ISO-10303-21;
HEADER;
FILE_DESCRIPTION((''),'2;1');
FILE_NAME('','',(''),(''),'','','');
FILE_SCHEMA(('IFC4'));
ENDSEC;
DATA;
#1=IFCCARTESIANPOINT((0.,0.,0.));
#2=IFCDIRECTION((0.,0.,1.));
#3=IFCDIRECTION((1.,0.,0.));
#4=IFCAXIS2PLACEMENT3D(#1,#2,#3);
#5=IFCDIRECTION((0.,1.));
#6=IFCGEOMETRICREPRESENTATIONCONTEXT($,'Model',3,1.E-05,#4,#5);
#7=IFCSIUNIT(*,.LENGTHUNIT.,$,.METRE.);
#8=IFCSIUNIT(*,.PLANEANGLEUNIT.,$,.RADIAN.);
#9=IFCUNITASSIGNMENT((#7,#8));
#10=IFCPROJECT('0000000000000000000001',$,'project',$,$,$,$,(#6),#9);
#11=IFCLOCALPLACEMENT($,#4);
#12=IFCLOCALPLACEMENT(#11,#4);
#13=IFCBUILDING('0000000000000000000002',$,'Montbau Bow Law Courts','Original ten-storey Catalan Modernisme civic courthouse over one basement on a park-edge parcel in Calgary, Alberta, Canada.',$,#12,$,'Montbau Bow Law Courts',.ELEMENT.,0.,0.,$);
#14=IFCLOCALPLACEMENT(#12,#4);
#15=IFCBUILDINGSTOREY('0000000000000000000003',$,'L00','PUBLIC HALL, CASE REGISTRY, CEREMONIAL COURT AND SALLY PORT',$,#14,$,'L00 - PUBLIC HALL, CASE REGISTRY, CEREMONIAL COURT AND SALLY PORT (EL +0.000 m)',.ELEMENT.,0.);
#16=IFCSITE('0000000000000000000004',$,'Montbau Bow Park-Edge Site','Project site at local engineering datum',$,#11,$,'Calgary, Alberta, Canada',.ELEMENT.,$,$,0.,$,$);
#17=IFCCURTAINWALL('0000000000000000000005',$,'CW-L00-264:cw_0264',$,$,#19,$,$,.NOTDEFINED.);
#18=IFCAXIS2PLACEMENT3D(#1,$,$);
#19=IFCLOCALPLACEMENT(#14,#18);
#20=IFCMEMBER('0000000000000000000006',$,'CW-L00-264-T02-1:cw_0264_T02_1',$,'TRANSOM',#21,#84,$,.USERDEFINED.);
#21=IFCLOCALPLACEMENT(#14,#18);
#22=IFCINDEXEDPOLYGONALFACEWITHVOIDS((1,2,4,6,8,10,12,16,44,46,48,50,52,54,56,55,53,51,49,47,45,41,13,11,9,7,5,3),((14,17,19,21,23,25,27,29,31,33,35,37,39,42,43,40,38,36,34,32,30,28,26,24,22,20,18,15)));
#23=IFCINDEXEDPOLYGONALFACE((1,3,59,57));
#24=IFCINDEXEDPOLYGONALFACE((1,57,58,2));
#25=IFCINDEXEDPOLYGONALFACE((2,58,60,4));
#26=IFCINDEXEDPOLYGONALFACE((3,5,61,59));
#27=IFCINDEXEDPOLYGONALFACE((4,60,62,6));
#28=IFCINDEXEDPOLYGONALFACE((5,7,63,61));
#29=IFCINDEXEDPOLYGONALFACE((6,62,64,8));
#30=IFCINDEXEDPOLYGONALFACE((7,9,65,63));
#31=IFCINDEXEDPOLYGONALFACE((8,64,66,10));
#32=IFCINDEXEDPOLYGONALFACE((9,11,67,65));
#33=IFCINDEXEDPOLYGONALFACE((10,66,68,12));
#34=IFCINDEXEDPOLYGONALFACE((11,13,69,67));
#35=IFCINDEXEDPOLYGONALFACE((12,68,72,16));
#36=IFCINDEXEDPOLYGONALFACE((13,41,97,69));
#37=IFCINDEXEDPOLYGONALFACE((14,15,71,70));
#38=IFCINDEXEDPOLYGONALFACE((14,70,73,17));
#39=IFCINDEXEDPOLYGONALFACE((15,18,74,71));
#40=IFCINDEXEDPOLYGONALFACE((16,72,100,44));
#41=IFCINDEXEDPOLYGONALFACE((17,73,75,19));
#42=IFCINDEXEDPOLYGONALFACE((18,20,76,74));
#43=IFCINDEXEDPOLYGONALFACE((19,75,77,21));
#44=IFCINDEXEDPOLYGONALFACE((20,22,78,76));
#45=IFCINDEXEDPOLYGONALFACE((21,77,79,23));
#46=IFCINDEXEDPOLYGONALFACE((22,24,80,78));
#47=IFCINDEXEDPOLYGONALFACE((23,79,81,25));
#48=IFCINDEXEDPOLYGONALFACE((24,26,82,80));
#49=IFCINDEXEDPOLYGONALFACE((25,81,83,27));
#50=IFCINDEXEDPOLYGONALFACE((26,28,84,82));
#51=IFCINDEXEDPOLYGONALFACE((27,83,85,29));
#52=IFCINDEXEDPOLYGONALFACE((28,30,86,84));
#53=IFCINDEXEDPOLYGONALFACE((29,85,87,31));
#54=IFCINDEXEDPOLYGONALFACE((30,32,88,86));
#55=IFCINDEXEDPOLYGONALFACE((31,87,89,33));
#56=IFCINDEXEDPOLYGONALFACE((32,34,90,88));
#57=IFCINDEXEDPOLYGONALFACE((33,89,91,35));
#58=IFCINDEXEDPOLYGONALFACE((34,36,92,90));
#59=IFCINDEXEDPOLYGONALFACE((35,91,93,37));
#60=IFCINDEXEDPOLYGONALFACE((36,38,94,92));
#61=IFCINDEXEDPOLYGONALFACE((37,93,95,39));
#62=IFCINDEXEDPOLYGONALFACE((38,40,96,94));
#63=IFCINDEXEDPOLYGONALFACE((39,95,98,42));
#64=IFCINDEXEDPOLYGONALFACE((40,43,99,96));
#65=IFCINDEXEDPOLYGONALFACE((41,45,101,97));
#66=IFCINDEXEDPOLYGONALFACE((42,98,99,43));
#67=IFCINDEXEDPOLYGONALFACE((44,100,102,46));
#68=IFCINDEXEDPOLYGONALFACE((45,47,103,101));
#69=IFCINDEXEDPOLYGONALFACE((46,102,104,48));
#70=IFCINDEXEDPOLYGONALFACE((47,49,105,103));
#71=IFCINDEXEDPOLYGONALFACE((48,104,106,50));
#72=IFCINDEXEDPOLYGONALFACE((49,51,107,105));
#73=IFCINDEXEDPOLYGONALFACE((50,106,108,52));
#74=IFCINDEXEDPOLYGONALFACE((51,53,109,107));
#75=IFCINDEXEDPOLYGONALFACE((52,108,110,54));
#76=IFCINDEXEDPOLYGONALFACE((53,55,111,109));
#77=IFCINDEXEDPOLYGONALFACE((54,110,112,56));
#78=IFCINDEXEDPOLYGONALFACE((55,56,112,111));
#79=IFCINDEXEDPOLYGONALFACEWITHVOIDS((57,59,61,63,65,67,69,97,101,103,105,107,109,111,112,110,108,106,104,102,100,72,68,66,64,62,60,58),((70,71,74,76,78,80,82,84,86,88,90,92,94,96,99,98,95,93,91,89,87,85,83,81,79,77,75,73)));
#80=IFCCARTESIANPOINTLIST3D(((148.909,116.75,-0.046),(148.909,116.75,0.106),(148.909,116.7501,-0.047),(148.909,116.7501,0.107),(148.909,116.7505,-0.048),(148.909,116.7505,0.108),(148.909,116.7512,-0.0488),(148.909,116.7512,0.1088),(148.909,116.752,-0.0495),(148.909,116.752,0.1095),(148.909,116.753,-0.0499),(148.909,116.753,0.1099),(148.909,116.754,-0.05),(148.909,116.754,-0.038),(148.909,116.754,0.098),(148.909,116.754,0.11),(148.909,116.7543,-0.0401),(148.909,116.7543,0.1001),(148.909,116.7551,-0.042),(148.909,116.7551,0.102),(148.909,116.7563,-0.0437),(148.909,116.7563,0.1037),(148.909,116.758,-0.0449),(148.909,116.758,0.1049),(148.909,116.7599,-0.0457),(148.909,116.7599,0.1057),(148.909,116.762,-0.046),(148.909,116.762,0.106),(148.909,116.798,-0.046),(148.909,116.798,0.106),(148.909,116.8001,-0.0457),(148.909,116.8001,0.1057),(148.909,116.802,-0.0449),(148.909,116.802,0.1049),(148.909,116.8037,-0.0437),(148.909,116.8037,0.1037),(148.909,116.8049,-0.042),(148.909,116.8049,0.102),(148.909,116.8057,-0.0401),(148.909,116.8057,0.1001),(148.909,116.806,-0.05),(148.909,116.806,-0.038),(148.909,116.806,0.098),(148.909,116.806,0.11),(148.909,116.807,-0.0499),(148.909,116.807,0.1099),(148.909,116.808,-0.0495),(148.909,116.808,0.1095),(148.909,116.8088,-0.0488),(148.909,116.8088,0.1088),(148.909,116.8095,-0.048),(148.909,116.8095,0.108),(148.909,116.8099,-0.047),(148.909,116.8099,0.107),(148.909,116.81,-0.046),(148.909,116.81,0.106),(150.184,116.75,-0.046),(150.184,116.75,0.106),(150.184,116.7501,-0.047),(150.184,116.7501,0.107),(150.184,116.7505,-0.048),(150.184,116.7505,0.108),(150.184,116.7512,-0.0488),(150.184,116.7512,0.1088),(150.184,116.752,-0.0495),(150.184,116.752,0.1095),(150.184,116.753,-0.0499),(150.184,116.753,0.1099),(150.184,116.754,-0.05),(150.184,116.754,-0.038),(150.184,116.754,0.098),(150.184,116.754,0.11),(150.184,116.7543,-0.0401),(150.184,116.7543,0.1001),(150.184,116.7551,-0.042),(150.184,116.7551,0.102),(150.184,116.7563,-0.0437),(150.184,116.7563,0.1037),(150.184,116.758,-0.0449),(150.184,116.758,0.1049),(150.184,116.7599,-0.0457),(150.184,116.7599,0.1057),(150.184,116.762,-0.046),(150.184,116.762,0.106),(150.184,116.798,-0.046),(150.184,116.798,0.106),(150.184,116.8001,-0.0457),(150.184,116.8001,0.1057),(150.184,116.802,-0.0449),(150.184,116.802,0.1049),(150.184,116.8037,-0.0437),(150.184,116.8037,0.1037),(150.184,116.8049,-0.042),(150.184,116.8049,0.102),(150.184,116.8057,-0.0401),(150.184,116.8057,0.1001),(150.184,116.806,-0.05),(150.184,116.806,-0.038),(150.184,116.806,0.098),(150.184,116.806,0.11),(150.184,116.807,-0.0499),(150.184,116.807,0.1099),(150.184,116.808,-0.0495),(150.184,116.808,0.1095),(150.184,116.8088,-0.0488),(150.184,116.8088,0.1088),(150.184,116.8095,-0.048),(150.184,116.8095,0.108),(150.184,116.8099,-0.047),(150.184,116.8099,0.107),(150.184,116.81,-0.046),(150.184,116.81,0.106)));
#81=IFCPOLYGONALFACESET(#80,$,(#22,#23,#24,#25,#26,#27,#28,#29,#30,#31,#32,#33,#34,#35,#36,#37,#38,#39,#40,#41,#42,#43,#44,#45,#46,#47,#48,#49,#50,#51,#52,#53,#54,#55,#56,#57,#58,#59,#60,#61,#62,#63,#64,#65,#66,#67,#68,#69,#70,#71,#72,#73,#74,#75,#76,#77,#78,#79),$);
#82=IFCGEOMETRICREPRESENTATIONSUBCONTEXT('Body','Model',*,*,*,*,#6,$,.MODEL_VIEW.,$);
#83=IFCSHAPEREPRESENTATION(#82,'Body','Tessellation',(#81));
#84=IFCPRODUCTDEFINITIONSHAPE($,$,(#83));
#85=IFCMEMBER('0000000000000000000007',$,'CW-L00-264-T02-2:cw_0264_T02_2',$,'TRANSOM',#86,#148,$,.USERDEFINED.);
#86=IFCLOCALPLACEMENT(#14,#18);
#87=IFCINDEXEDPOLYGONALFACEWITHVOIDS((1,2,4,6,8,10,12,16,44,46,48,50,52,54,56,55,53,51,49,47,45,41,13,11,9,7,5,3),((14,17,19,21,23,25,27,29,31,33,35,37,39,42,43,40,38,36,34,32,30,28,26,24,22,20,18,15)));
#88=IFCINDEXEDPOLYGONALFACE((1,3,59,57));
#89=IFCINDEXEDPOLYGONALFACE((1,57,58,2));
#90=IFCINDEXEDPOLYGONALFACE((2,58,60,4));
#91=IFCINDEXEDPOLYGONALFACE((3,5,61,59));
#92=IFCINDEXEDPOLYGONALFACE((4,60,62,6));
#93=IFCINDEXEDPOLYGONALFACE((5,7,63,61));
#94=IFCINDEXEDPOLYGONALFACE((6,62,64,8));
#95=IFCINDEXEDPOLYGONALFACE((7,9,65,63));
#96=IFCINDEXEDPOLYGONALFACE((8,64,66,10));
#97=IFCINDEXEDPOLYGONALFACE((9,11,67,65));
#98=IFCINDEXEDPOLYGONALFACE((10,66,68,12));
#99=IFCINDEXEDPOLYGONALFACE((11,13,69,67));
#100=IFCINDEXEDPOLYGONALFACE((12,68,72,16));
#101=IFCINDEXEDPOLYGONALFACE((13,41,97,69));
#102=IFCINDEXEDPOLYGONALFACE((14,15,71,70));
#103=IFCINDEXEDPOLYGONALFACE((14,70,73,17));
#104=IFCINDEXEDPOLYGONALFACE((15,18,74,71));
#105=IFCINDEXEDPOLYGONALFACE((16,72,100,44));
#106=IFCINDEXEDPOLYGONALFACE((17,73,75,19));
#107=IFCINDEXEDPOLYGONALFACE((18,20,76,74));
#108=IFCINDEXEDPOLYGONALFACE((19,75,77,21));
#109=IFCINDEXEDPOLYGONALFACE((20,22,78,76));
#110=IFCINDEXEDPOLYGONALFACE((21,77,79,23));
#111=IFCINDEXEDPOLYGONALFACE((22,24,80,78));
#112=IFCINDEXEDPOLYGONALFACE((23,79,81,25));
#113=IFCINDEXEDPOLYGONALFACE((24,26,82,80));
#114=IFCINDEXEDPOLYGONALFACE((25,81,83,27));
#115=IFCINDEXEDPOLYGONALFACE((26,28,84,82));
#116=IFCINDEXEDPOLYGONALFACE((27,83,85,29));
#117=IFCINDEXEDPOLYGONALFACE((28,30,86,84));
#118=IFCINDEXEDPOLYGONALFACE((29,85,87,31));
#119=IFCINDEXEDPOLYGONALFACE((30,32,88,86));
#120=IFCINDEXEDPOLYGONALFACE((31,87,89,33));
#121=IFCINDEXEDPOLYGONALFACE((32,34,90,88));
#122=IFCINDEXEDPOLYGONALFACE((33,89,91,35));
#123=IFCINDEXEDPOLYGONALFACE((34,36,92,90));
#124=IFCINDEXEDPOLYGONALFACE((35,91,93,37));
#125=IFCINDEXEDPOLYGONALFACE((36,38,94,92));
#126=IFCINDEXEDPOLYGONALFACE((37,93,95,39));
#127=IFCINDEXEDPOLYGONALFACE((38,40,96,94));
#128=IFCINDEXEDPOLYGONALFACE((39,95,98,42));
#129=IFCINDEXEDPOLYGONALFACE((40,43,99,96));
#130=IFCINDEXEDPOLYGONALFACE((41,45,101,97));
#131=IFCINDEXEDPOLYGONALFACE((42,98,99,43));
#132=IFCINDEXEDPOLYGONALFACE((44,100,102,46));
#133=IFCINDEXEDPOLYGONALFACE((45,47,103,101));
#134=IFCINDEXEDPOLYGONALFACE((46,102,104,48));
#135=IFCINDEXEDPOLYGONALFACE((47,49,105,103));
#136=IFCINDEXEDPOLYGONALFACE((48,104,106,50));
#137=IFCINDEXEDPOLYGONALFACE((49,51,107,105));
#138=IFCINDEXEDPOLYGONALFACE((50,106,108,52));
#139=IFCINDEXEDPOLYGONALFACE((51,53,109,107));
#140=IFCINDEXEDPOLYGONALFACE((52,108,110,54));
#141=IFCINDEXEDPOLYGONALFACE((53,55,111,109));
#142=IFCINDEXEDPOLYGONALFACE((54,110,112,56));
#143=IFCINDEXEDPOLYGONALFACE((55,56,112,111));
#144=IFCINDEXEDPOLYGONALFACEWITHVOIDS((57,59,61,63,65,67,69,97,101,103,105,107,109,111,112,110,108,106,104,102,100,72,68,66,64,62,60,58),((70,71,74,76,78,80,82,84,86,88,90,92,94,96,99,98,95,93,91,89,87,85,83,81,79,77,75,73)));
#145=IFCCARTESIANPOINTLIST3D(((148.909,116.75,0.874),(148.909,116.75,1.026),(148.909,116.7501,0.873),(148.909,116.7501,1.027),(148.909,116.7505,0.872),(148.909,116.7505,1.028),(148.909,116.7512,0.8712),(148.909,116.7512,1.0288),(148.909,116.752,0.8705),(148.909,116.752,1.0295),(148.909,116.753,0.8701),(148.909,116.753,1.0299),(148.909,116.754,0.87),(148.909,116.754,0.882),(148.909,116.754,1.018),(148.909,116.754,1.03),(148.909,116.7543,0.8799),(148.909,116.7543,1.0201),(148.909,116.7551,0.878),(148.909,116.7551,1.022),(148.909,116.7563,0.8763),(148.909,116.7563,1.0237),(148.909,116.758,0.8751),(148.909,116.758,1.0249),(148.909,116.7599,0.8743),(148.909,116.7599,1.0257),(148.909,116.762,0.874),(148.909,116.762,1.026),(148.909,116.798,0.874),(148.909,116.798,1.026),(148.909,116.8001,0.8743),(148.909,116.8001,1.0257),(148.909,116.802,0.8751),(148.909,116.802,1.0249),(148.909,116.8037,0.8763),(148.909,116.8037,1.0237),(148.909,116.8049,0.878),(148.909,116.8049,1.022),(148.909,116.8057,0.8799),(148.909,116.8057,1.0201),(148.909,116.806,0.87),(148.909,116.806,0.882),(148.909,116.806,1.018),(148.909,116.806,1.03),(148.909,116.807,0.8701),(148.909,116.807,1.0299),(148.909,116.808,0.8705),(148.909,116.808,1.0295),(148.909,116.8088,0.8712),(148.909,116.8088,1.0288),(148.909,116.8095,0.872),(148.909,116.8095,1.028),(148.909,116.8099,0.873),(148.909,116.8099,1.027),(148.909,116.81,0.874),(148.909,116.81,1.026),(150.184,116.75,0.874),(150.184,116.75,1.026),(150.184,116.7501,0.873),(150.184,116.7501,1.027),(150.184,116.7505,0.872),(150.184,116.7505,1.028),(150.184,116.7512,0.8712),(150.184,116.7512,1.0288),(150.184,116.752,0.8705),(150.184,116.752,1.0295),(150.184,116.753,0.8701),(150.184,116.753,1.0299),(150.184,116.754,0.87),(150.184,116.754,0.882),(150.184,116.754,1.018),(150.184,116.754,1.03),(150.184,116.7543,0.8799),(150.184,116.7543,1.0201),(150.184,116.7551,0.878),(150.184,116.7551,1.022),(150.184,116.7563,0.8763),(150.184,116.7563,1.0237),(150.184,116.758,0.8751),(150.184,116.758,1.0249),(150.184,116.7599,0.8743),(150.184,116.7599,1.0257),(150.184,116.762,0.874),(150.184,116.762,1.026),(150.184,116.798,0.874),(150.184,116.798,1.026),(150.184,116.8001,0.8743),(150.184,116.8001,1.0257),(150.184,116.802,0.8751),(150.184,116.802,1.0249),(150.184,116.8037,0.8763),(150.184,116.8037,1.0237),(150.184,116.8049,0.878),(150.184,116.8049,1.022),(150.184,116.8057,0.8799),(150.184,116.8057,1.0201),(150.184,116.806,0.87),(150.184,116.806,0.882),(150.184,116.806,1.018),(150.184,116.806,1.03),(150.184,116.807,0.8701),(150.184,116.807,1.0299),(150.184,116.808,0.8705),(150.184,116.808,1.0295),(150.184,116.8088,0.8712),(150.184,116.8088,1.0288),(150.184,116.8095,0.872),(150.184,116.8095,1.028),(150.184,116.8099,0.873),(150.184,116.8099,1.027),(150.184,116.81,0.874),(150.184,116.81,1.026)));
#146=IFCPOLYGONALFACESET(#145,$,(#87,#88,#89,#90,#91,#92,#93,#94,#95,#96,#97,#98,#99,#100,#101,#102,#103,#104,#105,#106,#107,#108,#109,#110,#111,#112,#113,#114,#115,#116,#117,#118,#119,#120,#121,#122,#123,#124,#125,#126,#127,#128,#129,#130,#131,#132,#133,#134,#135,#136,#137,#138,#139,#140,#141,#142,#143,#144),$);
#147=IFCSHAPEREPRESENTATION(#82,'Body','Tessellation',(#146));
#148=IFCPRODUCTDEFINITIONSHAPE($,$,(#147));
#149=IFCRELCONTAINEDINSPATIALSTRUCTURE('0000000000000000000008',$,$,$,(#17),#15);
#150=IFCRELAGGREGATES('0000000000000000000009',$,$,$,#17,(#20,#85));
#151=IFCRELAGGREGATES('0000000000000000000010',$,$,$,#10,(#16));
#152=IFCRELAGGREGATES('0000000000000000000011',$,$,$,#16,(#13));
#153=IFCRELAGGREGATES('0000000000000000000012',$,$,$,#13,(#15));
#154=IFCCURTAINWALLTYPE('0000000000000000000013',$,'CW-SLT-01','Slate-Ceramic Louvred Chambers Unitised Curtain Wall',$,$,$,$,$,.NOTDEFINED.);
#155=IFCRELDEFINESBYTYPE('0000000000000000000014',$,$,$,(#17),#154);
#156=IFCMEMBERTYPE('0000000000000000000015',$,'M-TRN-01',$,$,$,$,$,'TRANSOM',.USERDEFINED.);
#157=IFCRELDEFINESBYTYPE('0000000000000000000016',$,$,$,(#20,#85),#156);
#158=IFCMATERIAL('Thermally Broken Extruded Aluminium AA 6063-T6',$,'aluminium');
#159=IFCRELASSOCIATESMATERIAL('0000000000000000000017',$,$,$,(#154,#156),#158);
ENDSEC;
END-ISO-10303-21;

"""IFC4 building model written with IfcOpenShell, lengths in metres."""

from ifc_helpers import new_model, si_unit, direction, frame, origin_with_axes, origin_2d_with_axis, place, context, subcontext, project, spatial, hollow_rectangle, extrude, material, material_profile, profile_set, type_object, element, aggregate, save


model = new_model("IFC4")

# Units and contexts
model_context = context("Model", 3, precision=1e-05, world=origin_with_axes(), true_north=direction((0.0, 1.0)))
body_context = subcontext(model_context, "Body", "Model", "MODEL_VIEW")
ifc_project = project(units=[si_unit("LENGTHUNIT", "METRE"), si_unit("PLANEANGLEUNIT", "RADIAN")], contexts=[model_context])

# Site, building, storey
site_placement = place(None, origin_with_axes())
site = spatial("IfcSite", under=ifc_project, at=site_placement, Name="Montbau Bow Park-Edge Site", Description="Project site at local engineering datum", LongName="Calgary, Alberta, Canada", CompositionType="ELEMENT", RefElevation=0.0)
building_placement = place(site_placement, origin_with_axes())
building = spatial("IfcBuilding", under=site, at=building_placement, Name="Montbau Bow Law Courts", Description="Original ten-storey Catalan Modernisme civic courthouse over one basement on a park-edge parcel in Calgary, Alberta, Canada.", LongName="Montbau Bow Law Courts", CompositionType="ELEMENT", ElevationOfRefHeight=0.0, ElevationOfTerrain=0.0)
storey_placement = place(building_placement, origin_with_axes())
storey = spatial("IfcBuildingStorey", under=building, at=storey_placement, Name="L00", Description="PUBLIC HALL, CASE REGISTRY, CEREMONIAL COURT AND SALLY PORT", LongName="L00 - PUBLIC HALL, CASE REGISTRY, CEREMONIAL COURT AND SALLY PORT (EL +0.000 m)", CompositionType="ELEMENT", Elevation=0.0)

# Curtain wall
ifc_material_1 = material(Name="Thermally Broken Extruded Aluminium AA 6063-T6", Category="aluminium")
curtain_wall_type = type_object("IfcCurtainWallType", Name="CW-SLT-01", Description="Slate-Ceramic Louvred Chambers Unitised Curtain Wall", PredefinedType="NOTDEFINED", material=ifc_material_1)
curtain_wall_1_placement = place(None, frame((147.515, 116.78, 0.0), z_axis=(0.0, 0.0, 1.0), x_axis=(1.0, 0.0, 0.0)))
curtain_wall_1 = element("IfcCurtainWall", 1, at=curtain_wall_1_placement, inside=storey, type_object=curtain_wall_type, Name="CW-L00-264:cw_0264", PredefinedType="NOTDEFINED")

# Members
ifc_material_profile_1 = material_profile(ifc_material_1, hollow_rectangle(XDim=0.06, YDim=0.16, WallThickness=0.004, InnerFilletRadius=0.008, OuterFilletRadius=0.004, at=origin_2d_with_axis()), Name="CWT-160X60", Category="Main", Priority=0)
ifc_profile_set_1 = profile_set([ifc_material_profile_1], Name="Thermally Broken Extruded Aluminium AA 6063-T6")
member_type_1 = type_object("IfcMemberType", Name="M-TRN-01", ElementType="TRANSOM", PredefinedType="USERDEFINED", material=ifc_profile_set_1)
member_1_placement = place(None, frame((148.909, 116.78, 0.03), z_axis=(1.0, 0.0, 0.0), x_axis=(0.0, 1.0, 0.0)))
member_1 = element("IfcMember", 2, at=member_1_placement, type_object=member_type_1, Name="CW-L00-264-T02-1:cw_0264_T02_1", ObjectType="TRANSOM", PredefinedType="USERDEFINED", context=body_context, shape_type="SweptSolid", body=[
    extrude(hollow_rectangle(XDim=0.06, YDim=0.16, WallThickness=0.004, InnerFilletRadius=0.008, OuterFilletRadius=0.004, at=origin_2d_with_axis()), origin_with_axes(), (0.0, 0.0, 1.0), 1.275),
])
member_2_placement = place(None, frame((148.909, 116.78, 0.95), z_axis=(1.0, 0.0, 0.0), x_axis=(0.0, 1.0, 0.0)))
member_2 = element("IfcMember", 3, at=member_2_placement, type_object=member_type_1, Name="CW-L00-264-T02-2:cw_0264_T02_2", ObjectType="TRANSOM", PredefinedType="USERDEFINED", context=body_context, shape_type="SweptSolid", body=[
    extrude(hollow_rectangle(XDim=0.06, YDim=0.16, WallThickness=0.004, InnerFilletRadius=0.008, OuterFilletRadius=0.004, at=origin_2d_with_axis()), origin_with_axes(), (0.0, 0.0, 1.0), 1.275),
])

aggregate(curtain_wall_1, [member_1, member_2])

save(model, "model.ifc")
